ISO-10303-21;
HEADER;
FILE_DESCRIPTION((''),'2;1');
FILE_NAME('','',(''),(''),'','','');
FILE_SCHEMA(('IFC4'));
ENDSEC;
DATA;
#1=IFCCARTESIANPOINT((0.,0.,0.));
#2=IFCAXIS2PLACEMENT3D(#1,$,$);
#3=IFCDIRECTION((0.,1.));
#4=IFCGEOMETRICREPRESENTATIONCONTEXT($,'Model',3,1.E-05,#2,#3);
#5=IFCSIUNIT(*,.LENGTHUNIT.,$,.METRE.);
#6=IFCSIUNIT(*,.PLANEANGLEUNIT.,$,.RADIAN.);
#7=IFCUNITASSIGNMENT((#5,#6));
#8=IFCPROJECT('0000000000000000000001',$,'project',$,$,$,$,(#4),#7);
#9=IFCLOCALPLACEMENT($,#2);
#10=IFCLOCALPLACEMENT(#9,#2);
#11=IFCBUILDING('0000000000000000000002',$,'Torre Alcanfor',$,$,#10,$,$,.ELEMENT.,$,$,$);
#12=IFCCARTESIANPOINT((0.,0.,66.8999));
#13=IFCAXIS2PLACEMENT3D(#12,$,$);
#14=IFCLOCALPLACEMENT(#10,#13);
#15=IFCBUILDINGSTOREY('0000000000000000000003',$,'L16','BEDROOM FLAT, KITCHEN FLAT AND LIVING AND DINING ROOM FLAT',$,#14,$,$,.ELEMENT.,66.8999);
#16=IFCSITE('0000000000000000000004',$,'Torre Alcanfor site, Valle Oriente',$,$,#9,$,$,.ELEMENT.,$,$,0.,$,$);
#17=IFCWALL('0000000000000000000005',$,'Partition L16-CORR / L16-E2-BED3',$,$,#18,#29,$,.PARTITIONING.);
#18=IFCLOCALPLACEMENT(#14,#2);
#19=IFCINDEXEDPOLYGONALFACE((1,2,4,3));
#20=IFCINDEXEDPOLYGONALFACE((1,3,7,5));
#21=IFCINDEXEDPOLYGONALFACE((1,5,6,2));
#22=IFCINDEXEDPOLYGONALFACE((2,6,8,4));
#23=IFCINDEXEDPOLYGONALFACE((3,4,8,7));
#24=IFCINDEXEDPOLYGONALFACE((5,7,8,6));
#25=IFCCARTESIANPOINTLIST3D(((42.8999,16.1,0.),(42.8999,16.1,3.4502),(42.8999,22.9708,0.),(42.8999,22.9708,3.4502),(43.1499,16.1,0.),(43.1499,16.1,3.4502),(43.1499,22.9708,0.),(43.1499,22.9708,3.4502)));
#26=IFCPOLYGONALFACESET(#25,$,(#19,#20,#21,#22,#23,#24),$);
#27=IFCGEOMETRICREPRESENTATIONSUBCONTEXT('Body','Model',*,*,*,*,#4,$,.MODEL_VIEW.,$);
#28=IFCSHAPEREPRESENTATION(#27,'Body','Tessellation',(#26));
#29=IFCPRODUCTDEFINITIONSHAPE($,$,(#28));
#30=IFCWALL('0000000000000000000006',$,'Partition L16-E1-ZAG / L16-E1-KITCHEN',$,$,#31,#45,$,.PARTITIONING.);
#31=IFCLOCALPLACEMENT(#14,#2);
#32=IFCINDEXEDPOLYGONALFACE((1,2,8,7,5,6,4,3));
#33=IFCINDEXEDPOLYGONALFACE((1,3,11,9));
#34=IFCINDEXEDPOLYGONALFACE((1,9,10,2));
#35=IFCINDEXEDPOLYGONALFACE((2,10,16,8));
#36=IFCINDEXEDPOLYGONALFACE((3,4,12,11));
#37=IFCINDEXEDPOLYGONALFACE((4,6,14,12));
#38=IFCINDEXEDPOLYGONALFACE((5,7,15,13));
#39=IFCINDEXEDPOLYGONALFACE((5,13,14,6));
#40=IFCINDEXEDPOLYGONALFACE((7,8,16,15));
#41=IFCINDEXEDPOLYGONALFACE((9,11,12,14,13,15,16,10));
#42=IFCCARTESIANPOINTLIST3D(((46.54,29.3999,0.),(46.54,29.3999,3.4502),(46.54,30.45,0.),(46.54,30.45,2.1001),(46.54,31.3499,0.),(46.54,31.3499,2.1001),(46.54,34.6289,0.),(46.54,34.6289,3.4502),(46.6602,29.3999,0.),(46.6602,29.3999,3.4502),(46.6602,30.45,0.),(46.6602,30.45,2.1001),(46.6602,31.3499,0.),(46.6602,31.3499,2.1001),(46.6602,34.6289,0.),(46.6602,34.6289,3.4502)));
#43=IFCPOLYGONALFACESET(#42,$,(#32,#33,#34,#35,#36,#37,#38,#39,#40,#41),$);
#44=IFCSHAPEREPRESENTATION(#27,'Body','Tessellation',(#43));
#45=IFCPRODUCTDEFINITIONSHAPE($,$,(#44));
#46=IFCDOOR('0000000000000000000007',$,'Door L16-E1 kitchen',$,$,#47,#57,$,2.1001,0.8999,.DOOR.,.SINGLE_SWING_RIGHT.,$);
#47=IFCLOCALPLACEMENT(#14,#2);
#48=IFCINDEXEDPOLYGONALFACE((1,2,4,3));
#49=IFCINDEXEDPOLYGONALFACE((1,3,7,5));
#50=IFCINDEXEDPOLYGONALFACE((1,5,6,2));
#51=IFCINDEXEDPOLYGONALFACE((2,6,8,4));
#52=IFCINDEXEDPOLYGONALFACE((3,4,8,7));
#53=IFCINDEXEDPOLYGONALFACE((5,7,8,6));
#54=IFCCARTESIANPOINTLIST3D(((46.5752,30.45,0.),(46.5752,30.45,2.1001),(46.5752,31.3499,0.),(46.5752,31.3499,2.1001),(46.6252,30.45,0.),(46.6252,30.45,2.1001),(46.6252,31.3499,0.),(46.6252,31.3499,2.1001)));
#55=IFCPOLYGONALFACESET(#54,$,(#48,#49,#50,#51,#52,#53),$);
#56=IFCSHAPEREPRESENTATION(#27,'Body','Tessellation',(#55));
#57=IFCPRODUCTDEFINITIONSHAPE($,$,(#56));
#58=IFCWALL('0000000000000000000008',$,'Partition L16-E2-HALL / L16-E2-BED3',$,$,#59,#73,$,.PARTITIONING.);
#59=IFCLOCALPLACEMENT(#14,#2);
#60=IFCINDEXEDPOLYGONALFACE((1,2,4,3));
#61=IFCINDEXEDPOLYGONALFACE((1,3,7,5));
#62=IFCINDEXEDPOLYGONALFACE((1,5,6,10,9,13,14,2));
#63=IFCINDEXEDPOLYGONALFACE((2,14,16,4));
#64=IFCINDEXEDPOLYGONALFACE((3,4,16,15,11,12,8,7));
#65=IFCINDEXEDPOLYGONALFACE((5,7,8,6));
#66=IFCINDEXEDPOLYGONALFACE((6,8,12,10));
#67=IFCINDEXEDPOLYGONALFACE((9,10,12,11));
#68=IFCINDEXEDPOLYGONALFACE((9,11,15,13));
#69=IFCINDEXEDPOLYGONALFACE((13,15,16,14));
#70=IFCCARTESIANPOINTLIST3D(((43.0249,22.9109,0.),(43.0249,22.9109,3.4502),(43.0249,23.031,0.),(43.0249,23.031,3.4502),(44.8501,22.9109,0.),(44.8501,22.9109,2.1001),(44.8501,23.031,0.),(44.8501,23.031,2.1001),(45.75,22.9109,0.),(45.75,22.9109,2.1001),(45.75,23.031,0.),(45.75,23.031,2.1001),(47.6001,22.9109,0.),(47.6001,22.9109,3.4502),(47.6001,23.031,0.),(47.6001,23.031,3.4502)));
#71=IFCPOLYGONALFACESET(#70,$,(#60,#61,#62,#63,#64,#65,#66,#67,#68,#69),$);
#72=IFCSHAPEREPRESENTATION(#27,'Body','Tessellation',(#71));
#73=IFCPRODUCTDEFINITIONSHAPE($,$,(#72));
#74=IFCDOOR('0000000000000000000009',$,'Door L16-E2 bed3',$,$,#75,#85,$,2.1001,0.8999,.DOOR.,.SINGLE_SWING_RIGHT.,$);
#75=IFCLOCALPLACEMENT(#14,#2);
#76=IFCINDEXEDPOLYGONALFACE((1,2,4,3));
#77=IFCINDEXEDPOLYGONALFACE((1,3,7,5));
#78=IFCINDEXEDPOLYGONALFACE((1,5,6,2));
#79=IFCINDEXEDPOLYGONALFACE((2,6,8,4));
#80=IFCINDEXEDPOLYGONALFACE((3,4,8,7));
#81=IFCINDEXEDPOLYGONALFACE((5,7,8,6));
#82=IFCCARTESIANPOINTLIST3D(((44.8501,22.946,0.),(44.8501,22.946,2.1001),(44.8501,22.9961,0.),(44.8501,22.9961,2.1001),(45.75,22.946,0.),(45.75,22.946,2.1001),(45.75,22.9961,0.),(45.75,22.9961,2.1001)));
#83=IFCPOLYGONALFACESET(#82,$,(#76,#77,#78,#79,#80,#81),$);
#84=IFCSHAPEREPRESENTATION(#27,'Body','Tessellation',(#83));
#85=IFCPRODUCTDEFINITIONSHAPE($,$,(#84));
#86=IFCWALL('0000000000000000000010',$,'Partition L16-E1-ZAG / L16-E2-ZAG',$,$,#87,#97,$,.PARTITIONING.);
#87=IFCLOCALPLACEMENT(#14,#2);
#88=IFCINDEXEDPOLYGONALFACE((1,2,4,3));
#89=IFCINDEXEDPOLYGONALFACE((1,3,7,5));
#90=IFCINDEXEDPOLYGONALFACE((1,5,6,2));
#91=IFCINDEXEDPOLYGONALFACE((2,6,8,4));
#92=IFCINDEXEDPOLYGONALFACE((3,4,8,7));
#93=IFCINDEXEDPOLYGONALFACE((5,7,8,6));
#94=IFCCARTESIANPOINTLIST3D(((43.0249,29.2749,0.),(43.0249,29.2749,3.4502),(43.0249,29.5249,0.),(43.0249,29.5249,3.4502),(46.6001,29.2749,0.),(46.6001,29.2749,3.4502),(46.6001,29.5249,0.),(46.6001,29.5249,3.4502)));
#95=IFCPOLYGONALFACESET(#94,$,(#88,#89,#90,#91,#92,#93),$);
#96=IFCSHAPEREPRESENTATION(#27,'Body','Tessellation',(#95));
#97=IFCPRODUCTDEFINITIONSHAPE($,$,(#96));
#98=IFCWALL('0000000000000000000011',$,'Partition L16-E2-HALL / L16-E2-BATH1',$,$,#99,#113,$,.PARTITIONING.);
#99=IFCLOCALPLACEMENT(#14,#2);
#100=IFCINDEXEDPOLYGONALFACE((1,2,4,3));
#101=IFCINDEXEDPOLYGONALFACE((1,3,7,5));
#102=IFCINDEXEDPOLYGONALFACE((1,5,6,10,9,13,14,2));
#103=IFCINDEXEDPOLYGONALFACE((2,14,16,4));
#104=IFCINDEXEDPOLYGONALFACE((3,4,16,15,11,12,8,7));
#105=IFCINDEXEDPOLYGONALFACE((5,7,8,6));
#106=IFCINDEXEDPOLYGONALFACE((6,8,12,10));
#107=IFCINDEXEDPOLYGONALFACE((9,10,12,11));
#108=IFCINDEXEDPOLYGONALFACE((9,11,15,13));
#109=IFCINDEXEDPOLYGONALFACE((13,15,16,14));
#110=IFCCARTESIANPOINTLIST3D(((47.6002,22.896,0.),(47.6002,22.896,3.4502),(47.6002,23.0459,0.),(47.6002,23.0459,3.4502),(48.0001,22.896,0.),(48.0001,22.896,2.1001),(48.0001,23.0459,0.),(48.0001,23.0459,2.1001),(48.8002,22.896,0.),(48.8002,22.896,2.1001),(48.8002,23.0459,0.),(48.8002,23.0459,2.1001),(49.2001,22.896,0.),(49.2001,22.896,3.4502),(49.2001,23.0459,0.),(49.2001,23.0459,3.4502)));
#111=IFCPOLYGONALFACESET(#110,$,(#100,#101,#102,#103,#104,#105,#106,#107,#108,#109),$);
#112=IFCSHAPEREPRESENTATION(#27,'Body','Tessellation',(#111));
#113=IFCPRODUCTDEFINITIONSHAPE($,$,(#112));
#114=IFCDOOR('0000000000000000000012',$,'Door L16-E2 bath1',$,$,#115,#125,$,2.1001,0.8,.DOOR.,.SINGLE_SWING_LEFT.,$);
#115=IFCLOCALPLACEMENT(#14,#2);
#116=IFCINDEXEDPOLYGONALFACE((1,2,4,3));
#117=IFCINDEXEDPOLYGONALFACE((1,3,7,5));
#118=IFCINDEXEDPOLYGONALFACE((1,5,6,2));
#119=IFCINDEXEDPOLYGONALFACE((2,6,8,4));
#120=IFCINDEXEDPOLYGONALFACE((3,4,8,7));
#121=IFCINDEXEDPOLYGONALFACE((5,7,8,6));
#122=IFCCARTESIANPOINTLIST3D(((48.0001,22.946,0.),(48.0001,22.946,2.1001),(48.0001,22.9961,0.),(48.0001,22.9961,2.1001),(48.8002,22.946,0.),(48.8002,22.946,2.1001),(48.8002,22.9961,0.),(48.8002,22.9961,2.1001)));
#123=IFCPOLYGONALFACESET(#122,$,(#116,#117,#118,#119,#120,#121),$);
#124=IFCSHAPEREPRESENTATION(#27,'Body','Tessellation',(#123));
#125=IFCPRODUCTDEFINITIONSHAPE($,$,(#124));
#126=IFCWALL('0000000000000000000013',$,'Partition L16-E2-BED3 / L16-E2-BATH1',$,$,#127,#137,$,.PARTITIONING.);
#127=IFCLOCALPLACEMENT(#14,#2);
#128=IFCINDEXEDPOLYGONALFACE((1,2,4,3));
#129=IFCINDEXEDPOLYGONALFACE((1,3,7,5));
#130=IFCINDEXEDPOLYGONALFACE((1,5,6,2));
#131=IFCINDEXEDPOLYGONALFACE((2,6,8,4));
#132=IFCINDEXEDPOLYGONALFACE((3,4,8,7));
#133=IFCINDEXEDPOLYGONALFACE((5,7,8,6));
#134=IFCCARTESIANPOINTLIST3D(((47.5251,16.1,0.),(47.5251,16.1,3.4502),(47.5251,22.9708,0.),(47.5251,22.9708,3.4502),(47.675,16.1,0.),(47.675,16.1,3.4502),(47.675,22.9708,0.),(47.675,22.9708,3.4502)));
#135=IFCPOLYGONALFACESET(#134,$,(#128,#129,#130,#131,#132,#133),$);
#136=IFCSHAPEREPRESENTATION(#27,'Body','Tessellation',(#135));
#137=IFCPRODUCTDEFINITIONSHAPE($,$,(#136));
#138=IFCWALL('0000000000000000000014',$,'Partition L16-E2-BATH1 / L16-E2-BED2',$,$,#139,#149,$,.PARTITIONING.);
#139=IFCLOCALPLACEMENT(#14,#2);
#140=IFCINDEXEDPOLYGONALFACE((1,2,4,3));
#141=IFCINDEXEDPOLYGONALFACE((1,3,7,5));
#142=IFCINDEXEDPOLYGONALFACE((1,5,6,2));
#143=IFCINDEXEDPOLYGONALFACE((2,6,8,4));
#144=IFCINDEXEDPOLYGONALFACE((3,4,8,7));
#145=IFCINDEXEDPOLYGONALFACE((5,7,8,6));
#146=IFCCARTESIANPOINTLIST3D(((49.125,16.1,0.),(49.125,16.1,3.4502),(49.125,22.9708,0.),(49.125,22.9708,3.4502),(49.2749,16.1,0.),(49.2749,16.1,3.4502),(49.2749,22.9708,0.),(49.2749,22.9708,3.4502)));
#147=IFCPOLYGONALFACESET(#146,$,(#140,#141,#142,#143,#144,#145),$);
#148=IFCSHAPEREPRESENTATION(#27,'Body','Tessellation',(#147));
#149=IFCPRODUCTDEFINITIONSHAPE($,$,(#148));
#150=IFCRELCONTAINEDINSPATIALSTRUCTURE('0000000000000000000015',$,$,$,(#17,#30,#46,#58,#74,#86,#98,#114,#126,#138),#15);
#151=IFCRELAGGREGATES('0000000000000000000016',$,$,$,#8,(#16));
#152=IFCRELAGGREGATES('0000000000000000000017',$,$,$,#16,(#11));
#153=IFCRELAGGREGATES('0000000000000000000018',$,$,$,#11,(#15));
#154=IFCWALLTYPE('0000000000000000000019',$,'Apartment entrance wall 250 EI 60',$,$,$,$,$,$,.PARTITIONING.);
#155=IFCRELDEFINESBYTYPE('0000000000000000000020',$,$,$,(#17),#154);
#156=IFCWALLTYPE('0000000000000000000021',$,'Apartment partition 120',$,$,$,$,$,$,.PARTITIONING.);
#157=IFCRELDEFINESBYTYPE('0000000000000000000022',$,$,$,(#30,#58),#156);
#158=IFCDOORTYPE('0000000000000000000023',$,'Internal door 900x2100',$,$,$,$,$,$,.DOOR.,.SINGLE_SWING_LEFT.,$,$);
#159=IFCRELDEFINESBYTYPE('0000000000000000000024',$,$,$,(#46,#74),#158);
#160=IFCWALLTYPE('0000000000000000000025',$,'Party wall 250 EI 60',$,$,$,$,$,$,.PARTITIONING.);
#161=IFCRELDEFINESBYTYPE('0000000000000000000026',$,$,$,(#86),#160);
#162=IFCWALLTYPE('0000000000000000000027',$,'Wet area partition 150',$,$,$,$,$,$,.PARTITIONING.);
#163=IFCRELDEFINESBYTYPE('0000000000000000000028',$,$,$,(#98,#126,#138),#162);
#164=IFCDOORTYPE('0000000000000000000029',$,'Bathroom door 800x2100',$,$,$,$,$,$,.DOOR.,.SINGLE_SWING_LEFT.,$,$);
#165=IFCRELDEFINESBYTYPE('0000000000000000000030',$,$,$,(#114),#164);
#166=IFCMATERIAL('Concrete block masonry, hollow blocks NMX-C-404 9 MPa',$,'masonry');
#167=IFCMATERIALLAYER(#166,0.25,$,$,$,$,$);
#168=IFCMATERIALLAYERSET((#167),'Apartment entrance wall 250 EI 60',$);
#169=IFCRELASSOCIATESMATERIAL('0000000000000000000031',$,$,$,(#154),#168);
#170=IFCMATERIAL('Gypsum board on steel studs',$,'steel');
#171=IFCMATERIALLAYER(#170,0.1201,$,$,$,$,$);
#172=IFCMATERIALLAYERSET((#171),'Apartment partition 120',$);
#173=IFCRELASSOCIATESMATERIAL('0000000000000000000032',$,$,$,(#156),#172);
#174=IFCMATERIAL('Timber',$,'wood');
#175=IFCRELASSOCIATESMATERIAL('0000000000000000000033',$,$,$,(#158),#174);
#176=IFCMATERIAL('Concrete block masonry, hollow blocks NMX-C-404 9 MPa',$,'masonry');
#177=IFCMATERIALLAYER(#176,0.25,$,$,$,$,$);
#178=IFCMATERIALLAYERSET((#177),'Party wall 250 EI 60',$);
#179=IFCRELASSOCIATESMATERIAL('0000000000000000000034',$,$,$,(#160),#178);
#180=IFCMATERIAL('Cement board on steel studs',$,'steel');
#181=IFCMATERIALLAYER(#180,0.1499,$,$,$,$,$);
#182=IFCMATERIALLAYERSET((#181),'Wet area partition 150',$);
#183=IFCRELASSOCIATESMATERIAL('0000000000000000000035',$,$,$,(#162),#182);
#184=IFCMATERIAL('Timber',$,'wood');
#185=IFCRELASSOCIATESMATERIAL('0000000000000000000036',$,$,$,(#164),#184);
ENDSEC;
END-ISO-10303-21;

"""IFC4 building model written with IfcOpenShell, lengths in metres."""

from ifc_helpers import new_model, si_unit, direction, frame, frame_2d, origin, place, context, subcontext, project, spatial, rectangle, extrude, material, layer, layer_set, type_object, element, fill, save


model = new_model("IFC4")

# Units and contexts
model_context = context("Model", 3, precision=1e-05, world=origin(), true_north=direction((0.0, 1.0)))
body_context = subcontext(model_context, "Body", "Model", "MODEL_VIEW")
ifc_project = project(units=[si_unit("LENGTHUNIT", "METRE"), si_unit("PLANEANGLEUNIT", "RADIAN")], contexts=[model_context])

# Site, building, storey
site_placement = place(None, origin())
site = spatial("IfcSite", under=ifc_project, at=site_placement, Name="Torre Alcanfor site, Valle Oriente", CompositionType="ELEMENT", RefElevation=0.0)
building_placement = place(site_placement, origin())
building = spatial("IfcBuilding", under=site, at=building_placement, Name="Torre Alcanfor", CompositionType="ELEMENT")
storey_placement = place(building_placement, frame((0.0, 0.0, 66.8999)))
storey = spatial("IfcBuildingStorey", under=building, at=storey_placement, Name="L16", Description="BEDROOM FLAT, KITCHEN FLAT AND LIVING AND DINING ROOM FLAT", CompositionType="ELEMENT", Elevation=66.8999)

# Shared definitions
ifc_material_1 = material(Name="Concrete block masonry, hollow blocks NMX-C-404 9 MPa", Category="masonry")
ifc_layer_1 = layer(ifc_material_1, 0.25)
ifc_layer_set_1 = layer_set([ifc_layer_1], Name="Apartment entrance wall 250 EI 60")
wall_type_1 = type_object("IfcWallType", Name="Apartment entrance wall 250 EI 60", PredefinedType="PARTITIONING", material=ifc_layer_set_1)

# Wall
wall_1_placement = place(storey_placement, frame((43.0249, 22.9709, 0.0), z_axis=(0.0, 0.0, 1.0), x_axis=(0.0, -1.0, 0.0)))
element("IfcWall", 1, at=wall_1_placement, inside=storey, type_object=wall_type_1, Name="Partition L16-CORR / L16-E2-BED3", PredefinedType="PARTITIONING", context=body_context, shape_type="SweptSolid", body=[
    extrude(rectangle(XDim=6.8708, YDim=0.25, at=frame_2d((3.4355, 0.0))), origin(), (0.0, 0.0, 1.0), 3.4502),
])

# Walls, openings, doors
ifc_material_2 = material(Name="Gypsum board on steel studs", Category="steel")
ifc_layer_2 = layer(ifc_material_2, 0.1201)
ifc_layer_set_2 = layer_set([ifc_layer_2], Name="Apartment partition 120")
wall_type_2 = type_object("IfcWallType", Name="Apartment partition 120", PredefinedType="PARTITIONING", material=ifc_layer_set_2)
wall_2_placement = place(storey_placement, frame((46.6001, 29.3999, 0.0), z_axis=(0.0, 0.0, 1.0), x_axis=(0.0, 1.0, 0.0)))
wall_2 = element("IfcWall", 2, at=wall_2_placement, inside=storey, type_object=wall_type_2, Name="Partition L16-E1-ZAG / L16-E1-KITCHEN", PredefinedType="PARTITIONING", context=body_context, shape_type="SweptSolid", body=[
    extrude(rectangle(XDim=5.229, YDim=0.1201, at=frame_2d((2.6145, 0.0))), origin(), (0.0, 0.0, 1.0), 3.4502),
])
opening_1_placement = place(wall_2_placement, frame((1.05, 0.0, 0.0)))
opening_1 = element("IfcOpeningElement", 3, at=opening_1_placement, cuts=wall_2, PredefinedType="OPENING", context=body_context, shape_type="SweptSolid", body=[
    extrude(rectangle(XDim=0.8999, YDim=2.1001, at=frame_2d((0.45, 1.05))), frame((0.0, 0.0701, 0.0), z_axis=(0.0, -1.0, 0.0), x_axis=(1.0, 0.0, 0.0)), (0.0, 0.0, 1.0), 0.1401),
])
ifc_material_3 = material(Name="Timber", Category="wood")
door_type_1 = type_object("IfcDoorType", Name="Internal door 900x2100", OperationType="SINGLE_SWING_LEFT", PredefinedType="DOOR", material=ifc_material_3)
door_1_placement = place(opening_1_placement, frame((0.8999, 0.0, 0.0), z_axis=(0.0, 0.0, 1.0), x_axis=(-1.0, 0.0, 0.0)))
door_1 = element("IfcDoor", 4, at=door_1_placement, inside=storey, type_object=door_type_1, Name="Door L16-E1 kitchen", OperationType="SINGLE_SWING_RIGHT", OverallHeight=2.1001, OverallWidth=0.8999, PredefinedType="DOOR", context=body_context, shape_type="SweptSolid", body=[
    extrude(rectangle(XDim=0.8999, YDim=2.1001, at=frame_2d((0.45, 1.05))), frame((0.0, 0.0251, 0.0), z_axis=(0.0, -1.0, 0.0), x_axis=(1.0, 0.0, 0.0)), (0.0, 0.0, 1.0), 0.05),
])
fill(opening_1, door_1)
wall_3_placement = place(storey_placement, frame((47.6001, 22.9709, 0.0), z_axis=(0.0, 0.0, 1.0), x_axis=(-1.0, 0.0, 0.0)))
wall_3 = element("IfcWall", 5, at=wall_3_placement, inside=storey, type_object=wall_type_2, Name="Partition L16-E2-HALL / L16-E2-BED3", PredefinedType="PARTITIONING", context=body_context, shape_type="SweptSolid", body=[
    extrude(rectangle(XDim=4.5752, YDim=0.1201, at=frame_2d((2.2876, 0.0))), origin(), (0.0, 0.0, 1.0), 3.4502),
])
opening_2_placement = place(wall_3_placement, frame((1.8501, 0.0, 0.0)))
opening_2 = element("IfcOpeningElement", 6, at=opening_2_placement, cuts=wall_3, PredefinedType="OPENING", context=body_context, shape_type="SweptSolid", body=[
    extrude(rectangle(XDim=0.8999, YDim=2.1001, at=frame_2d((0.45, 1.05))), frame((0.0, 0.0701, 0.0), z_axis=(0.0, -1.0, 0.0), x_axis=(1.0, 0.0, 0.0)), (0.0, 0.0, 1.0), 0.1401),
])
door_2_placement = place(opening_2_placement, origin())
door_2 = element("IfcDoor", 7, at=door_2_placement, inside=storey, type_object=door_type_1, Name="Door L16-E2 bed3", OperationType="SINGLE_SWING_RIGHT", OverallHeight=2.1001, OverallWidth=0.8999, PredefinedType="DOOR", context=body_context, shape_type="SweptSolid", body=[
    extrude(rectangle(XDim=0.8999, YDim=2.1001, at=frame_2d((0.45, 1.05))), frame((0.0, 0.0249, 0.0), z_axis=(0.0, -1.0, 0.0), x_axis=(1.0, 0.0, 0.0)), (0.0, 0.0, 1.0), 0.05),
])
fill(opening_2, door_2)

# Wall
ifc_material_4 = material(Name="Concrete block masonry, hollow blocks NMX-C-404 9 MPa", Category="masonry")
ifc_layer_3 = layer(ifc_material_4, 0.25)
ifc_layer_set_3 = layer_set([ifc_layer_3], Name="Party wall 250 EI 60")
wall_type_3 = type_object("IfcWallType", Name="Party wall 250 EI 60", PredefinedType="PARTITIONING", material=ifc_layer_set_3)
wall_4_placement = place(storey_placement, frame((43.0249, 29.3999, 0.0), z_axis=(0.0, 0.0, 1.0), x_axis=(1.0, 0.0, 0.0)))
element("IfcWall", 8, at=wall_4_placement, inside=storey, type_object=wall_type_3, Name="Partition L16-E1-ZAG / L16-E2-ZAG", PredefinedType="PARTITIONING", context=body_context, shape_type="SweptSolid", body=[
    extrude(rectangle(XDim=3.5752, YDim=0.25, at=frame_2d((1.7876, 0.0))), origin(), (0.0, 0.0, 1.0), 3.4502),
])

# Wall, opening, door
ifc_material_5 = material(Name="Cement board on steel studs", Category="steel")
ifc_layer_4 = layer(ifc_material_5, 0.1499)
ifc_layer_set_4 = layer_set([ifc_layer_4], Name="Wet area partition 150")
wall_type_4 = type_object("IfcWallType", Name="Wet area partition 150", PredefinedType="PARTITIONING", material=ifc_layer_set_4)
wall_5_placement = place(storey_placement, frame((49.2, 22.9709, 0.0), z_axis=(0.0, 0.0, 1.0), x_axis=(-1.0, 0.0, 0.0)))
wall_5 = element("IfcWall", 9, at=wall_5_placement, inside=storey, type_object=wall_type_4, Name="Partition L16-E2-HALL / L16-E2-BATH1", PredefinedType="PARTITIONING", context=body_context, shape_type="SweptSolid", body=[
    extrude(rectangle(XDim=1.5999, YDim=0.1499, at=frame_2d((0.7998, 0.0))), origin(), (0.0, 0.0, 1.0), 3.4502),
])
opening_3_placement = place(wall_5_placement, frame((0.3999, 0.0, 0.0)))
opening_3 = element("IfcOpeningElement", 10, at=opening_3_placement, cuts=wall_5, PredefinedType="OPENING", context=body_context, shape_type="SweptSolid", body=[
    extrude(rectangle(XDim=0.8, YDim=2.1001, at=frame_2d((0.3999, 1.05))), frame((0.0, 0.085, 0.0), z_axis=(0.0, -1.0, 0.0), x_axis=(1.0, 0.0, 0.0)), (0.0, 0.0, 1.0), 0.1699),
])
ifc_material_6 = material(Name="Timber", Category="wood")
door_type_2 = type_object("IfcDoorType", Name="Bathroom door 800x2100", OperationType="SINGLE_SWING_LEFT", PredefinedType="DOOR", material=ifc_material_6)
door_3_placement = place(opening_3_placement, origin())
door_3 = element("IfcDoor", 11, at=door_3_placement, inside=storey, type_object=door_type_2, Name="Door L16-E2 bath1", OperationType="SINGLE_SWING_LEFT", OverallHeight=2.1001, OverallWidth=0.8, PredefinedType="DOOR", context=body_context, shape_type="SweptSolid", body=[
    extrude(rectangle(XDim=0.8, YDim=2.1001, at=frame_2d((0.3999, 1.05))), frame((0.0, 0.0249, 0.0), z_axis=(0.0, -1.0, 0.0), x_axis=(1.0, 0.0, 0.0)), (0.0, 0.0, 1.0), 0.05),
])
fill(opening_3, door_3)

# Walls
for number, where, z_axis, x_axis, name in (
    (12, (47.6001, 22.9709, 0.0), (0.0, 0.0, 1.0), (0.0, -1.0, 0.0), "Partition L16-E2-BED3 / L16-E2-BATH1"),
    (13, (49.2, 22.9709, 0.0), (0.0, 0.0, 1.0), (0.0, -1.0, 0.0), "Partition L16-E2-BATH1 / L16-E2-BED2"),
):
    element("IfcWall", number, at=place(storey_placement, frame(where, z_axis=z_axis, x_axis=x_axis)), inside=storey, type_object=wall_type_4, Name=name, PredefinedType="PARTITIONING", context=body_context, shape_type="SweptSolid", body=[
        extrude(rectangle(XDim=6.8708, YDim=0.1499, at=frame_2d((3.4355, 0.0))), origin(), (0.0, 0.0, 1.0), 3.4502),
    ])

save(model, "model.ifc")
